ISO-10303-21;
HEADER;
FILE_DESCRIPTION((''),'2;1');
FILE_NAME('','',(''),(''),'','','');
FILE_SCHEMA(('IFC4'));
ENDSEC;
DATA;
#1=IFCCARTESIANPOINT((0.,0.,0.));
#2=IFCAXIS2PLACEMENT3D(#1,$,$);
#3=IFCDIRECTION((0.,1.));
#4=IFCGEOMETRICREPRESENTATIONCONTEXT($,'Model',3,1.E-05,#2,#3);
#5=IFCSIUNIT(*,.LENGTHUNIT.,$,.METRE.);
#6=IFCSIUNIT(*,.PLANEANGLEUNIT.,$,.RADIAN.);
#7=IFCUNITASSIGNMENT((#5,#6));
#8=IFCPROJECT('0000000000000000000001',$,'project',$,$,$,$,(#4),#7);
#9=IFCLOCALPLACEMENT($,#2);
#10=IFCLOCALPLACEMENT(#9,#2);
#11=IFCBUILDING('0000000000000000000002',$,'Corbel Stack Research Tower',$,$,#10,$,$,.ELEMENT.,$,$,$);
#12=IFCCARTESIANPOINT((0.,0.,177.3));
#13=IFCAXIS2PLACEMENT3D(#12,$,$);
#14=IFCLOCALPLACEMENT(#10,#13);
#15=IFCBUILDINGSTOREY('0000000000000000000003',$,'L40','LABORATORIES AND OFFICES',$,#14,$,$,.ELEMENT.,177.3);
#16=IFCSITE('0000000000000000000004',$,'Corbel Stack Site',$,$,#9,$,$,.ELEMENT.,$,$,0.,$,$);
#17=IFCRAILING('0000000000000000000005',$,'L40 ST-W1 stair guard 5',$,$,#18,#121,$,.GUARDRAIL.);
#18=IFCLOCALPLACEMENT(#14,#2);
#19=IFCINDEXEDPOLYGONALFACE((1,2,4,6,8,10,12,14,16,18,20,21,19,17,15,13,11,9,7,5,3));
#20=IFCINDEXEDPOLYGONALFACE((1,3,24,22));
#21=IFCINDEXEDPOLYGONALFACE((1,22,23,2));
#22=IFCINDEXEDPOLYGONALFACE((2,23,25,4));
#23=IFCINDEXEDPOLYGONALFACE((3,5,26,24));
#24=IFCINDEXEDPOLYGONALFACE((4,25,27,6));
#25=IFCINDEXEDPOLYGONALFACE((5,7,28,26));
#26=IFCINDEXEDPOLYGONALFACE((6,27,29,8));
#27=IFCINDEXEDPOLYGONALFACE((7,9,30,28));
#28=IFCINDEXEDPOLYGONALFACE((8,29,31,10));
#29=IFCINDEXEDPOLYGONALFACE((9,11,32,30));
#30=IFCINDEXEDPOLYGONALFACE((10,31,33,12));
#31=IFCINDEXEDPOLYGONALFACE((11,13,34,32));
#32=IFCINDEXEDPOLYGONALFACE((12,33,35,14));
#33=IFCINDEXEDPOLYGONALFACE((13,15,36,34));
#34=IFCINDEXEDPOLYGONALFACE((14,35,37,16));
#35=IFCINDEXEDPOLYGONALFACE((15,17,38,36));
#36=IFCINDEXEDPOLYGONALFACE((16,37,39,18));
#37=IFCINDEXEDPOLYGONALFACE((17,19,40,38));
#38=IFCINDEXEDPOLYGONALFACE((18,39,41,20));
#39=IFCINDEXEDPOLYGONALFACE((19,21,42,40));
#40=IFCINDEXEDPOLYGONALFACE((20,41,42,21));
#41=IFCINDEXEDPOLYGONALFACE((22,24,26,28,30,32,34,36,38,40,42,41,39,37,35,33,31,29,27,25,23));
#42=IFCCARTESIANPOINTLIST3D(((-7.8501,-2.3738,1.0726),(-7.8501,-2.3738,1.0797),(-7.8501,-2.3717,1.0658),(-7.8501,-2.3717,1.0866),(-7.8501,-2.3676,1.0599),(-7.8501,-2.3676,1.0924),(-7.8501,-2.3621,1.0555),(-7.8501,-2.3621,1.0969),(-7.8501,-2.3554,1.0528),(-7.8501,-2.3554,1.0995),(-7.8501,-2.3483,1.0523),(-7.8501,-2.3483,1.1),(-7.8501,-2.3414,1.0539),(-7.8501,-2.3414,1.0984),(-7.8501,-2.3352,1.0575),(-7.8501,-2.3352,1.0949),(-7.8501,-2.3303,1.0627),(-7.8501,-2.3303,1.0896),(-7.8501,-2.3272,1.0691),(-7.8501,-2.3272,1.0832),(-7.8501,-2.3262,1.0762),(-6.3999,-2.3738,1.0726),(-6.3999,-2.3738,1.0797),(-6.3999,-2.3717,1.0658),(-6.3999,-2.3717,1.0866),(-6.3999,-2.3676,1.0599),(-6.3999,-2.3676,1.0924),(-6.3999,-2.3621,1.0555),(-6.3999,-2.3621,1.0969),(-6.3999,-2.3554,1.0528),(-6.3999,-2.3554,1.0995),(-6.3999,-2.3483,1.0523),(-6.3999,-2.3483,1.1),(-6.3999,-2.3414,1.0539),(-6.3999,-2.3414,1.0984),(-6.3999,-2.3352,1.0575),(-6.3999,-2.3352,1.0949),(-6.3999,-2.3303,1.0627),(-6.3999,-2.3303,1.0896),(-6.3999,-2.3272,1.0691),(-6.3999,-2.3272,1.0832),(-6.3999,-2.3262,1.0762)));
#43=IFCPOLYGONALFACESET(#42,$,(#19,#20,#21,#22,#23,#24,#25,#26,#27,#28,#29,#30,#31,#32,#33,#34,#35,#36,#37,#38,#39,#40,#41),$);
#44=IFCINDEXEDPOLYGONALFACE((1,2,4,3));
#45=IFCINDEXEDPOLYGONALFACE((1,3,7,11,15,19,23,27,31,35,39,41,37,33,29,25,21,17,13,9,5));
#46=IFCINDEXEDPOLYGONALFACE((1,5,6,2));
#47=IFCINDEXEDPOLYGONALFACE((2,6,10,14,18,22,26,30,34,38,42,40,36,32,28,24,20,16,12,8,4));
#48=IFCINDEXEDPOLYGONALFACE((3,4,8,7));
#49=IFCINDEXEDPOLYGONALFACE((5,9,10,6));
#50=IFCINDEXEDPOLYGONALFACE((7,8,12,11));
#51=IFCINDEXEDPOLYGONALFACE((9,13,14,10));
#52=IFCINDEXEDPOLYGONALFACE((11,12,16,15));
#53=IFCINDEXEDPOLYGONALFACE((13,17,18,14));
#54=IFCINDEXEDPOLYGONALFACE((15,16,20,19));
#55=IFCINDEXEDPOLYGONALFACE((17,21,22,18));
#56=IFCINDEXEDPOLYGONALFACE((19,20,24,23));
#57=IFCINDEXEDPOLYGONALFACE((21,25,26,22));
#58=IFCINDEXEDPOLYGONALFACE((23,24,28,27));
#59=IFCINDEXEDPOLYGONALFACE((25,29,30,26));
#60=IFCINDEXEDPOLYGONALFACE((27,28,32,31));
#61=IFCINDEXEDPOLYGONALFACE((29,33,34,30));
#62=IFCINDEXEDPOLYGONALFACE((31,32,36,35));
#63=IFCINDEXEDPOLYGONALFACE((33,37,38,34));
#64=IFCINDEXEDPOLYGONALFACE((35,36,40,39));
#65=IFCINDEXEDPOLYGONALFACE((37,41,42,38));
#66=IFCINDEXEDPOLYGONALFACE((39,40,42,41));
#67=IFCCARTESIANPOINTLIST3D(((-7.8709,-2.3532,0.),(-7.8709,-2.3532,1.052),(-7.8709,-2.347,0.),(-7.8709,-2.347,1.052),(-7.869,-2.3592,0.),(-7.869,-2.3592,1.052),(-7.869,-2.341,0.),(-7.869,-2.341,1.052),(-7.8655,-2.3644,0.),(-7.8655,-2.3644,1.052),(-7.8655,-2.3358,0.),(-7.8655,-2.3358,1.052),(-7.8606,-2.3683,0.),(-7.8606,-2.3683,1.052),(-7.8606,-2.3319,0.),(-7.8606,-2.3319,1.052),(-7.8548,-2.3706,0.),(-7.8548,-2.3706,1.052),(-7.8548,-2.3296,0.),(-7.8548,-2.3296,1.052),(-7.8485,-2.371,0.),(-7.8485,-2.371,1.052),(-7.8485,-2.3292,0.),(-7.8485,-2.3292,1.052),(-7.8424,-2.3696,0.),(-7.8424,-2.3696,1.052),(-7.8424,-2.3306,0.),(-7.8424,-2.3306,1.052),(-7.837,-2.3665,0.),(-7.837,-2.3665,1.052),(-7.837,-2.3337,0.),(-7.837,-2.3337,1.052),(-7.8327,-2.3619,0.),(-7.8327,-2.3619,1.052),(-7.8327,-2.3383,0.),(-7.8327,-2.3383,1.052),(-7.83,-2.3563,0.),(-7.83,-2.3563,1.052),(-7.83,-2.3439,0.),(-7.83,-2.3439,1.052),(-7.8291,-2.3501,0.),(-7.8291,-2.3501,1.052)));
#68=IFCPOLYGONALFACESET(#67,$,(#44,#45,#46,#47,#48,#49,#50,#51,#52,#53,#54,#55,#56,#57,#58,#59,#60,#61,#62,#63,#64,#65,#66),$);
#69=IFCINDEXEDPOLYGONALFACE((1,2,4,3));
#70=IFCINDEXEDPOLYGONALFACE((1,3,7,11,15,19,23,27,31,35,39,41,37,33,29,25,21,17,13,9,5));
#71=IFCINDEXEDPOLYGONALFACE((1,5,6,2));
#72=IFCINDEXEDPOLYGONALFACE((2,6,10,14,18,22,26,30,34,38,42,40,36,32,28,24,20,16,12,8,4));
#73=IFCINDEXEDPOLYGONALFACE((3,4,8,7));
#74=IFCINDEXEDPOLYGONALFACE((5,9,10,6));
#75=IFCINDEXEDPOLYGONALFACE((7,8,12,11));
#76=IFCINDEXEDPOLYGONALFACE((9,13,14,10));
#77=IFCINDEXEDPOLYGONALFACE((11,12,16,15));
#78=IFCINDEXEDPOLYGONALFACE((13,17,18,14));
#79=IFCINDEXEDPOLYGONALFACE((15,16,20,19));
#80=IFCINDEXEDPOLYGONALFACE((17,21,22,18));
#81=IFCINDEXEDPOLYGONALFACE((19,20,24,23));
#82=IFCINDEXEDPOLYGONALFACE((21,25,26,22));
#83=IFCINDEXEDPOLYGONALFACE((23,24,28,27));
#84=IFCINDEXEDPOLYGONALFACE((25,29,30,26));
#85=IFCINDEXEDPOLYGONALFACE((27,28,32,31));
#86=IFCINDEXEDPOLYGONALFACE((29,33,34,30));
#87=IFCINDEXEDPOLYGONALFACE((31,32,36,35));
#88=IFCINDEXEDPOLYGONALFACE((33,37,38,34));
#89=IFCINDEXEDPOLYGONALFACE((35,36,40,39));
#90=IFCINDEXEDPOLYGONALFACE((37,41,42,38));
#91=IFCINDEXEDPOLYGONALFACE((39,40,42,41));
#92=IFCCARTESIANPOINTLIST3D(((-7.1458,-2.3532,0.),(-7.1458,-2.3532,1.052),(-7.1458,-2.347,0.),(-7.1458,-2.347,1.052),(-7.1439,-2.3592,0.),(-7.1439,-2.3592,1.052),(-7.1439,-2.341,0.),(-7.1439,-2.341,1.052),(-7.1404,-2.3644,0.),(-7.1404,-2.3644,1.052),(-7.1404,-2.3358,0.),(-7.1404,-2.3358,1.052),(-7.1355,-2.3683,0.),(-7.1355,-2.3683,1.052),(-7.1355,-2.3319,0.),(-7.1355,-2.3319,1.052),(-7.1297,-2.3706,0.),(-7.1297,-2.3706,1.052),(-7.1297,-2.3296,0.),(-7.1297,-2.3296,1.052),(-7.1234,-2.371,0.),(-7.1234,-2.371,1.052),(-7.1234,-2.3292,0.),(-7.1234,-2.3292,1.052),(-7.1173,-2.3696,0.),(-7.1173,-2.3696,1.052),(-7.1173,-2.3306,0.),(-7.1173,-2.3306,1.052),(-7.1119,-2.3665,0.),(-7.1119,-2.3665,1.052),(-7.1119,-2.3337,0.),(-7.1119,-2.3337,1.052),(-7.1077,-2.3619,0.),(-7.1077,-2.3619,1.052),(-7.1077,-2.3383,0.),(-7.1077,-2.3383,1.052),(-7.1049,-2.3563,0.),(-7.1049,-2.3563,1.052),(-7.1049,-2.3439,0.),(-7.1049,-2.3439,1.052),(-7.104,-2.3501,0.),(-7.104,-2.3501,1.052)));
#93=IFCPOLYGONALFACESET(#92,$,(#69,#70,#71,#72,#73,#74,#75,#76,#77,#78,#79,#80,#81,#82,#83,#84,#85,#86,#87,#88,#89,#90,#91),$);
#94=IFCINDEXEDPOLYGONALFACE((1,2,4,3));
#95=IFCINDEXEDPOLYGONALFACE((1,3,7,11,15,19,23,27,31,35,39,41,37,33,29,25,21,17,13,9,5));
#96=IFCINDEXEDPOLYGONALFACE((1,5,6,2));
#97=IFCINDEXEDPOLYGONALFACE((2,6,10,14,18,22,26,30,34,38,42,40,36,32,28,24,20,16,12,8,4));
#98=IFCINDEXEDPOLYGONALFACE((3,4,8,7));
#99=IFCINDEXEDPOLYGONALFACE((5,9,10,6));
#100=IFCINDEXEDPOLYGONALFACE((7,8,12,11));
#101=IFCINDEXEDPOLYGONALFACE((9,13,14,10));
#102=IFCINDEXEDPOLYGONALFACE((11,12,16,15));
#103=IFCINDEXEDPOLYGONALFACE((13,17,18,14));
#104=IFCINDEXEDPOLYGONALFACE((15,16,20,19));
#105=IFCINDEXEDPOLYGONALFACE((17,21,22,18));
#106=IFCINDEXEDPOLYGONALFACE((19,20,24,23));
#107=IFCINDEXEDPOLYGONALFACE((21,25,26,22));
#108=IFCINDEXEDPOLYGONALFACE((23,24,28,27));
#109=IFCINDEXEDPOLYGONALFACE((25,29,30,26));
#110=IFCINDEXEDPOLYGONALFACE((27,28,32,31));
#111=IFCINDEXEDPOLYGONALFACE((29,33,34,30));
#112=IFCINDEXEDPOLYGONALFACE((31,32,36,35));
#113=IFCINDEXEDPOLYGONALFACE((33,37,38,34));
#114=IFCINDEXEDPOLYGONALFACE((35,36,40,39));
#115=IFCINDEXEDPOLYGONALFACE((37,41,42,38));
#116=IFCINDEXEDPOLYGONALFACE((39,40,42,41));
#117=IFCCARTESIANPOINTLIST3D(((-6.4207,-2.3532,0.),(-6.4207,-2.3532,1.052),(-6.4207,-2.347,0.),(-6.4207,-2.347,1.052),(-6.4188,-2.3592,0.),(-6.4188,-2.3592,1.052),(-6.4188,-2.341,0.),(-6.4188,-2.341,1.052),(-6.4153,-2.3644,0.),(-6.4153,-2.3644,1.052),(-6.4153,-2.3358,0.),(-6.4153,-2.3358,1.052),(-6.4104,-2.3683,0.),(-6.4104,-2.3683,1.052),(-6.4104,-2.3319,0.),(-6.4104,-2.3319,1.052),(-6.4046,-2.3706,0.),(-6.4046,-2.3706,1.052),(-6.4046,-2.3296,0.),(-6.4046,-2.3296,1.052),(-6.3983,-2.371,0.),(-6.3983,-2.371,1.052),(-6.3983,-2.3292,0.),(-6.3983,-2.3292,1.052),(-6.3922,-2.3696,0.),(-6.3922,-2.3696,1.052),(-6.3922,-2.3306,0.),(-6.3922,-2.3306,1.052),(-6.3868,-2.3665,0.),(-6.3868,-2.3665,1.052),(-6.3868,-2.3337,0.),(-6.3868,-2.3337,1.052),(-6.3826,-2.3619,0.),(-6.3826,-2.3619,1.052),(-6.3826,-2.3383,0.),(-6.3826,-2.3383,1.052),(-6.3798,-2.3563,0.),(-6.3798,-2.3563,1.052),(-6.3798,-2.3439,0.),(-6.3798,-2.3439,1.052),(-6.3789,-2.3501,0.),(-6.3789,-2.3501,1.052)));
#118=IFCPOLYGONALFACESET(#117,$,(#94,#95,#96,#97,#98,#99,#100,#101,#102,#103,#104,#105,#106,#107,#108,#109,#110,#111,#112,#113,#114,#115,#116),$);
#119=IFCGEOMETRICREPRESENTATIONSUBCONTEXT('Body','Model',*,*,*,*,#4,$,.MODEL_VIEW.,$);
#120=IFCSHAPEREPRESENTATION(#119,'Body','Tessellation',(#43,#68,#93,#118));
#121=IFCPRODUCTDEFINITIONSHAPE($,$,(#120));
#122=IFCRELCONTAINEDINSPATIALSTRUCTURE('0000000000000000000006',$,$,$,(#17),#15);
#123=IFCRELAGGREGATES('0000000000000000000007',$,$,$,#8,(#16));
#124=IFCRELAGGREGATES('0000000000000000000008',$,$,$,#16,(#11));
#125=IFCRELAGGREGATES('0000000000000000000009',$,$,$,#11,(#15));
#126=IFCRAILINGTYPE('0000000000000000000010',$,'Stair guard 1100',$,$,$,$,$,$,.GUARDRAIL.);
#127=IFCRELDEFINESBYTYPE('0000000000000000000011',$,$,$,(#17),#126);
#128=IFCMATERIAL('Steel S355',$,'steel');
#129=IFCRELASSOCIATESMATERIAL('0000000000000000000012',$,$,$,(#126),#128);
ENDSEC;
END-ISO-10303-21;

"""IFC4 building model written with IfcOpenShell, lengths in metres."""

from ifc_helpers import new_model, si_unit, direction, frame, origin, origin_2d, place, context, subcontext, project, spatial, circle, extrude, material, type_object, element, save


model = new_model("IFC4")

# Units and contexts
model_context = context("Model", 3, precision=1e-05, world=origin(), true_north=direction((0.0, 1.0)))
body_context = subcontext(model_context, "Body", "Model", "MODEL_VIEW")
ifc_project = project(units=[si_unit("LENGTHUNIT", "METRE"), si_unit("PLANEANGLEUNIT", "RADIAN")], contexts=[model_context])

# Site, building, storey
site_placement = place(None, origin())
site = spatial("IfcSite", under=ifc_project, at=site_placement, Name="Corbel Stack Site", CompositionType="ELEMENT", RefElevation=0.0)
building_placement = place(site_placement, origin())
building = spatial("IfcBuilding", under=site, at=building_placement, Name="Corbel Stack Research Tower", CompositionType="ELEMENT")
storey_placement = place(building_placement, frame((0.0, 0.0, 177.3)))
storey = spatial("IfcBuildingStorey", under=building, at=storey_placement, Name="L40", Description="LABORATORIES AND OFFICES", CompositionType="ELEMENT", Elevation=177.3)

# Railing
ifc_material_1 = material(Name="Steel S355", Category="steel")
railing_type_1 = type_object("IfcRailingType", Name="Stair guard 1100", PredefinedType="GUARDRAIL", material=ifc_material_1)
railing_1_placement = place(storey_placement, frame((-7.8501, -2.3501, 0.0)))
element("IfcRailing", 1, at=railing_1_placement, inside=storey, type_object=railing_type_1, Name="L40 ST-W1 stair guard 5", PredefinedType="GUARDRAIL", context=body_context, shape_type="SweptSolid", body=[
    extrude(circle(Radius=0.0239, at=origin_2d()), frame((0.0, 0.0, 1.0762), z_axis=(1.0, 0.0, 0.0), x_axis=(0.0, 1.0, 0.0)), (0.0, 0.0, 1.0), 1.4502),
    extrude(circle(Radius=0.021, at=origin_2d()), origin(), (0.0, 0.0, 1.0), 1.052),
    extrude(circle(Radius=0.021, at=origin_2d()), frame((0.7251, 0.0, 0.0)), (0.0, 0.0, 1.0), 1.052),
    extrude(circle(Radius=0.021, at=origin_2d()), frame((1.4502, 0.0, 0.0)), (0.0, 0.0, 1.0), 1.052),
])

save(model, "model.ifc")
